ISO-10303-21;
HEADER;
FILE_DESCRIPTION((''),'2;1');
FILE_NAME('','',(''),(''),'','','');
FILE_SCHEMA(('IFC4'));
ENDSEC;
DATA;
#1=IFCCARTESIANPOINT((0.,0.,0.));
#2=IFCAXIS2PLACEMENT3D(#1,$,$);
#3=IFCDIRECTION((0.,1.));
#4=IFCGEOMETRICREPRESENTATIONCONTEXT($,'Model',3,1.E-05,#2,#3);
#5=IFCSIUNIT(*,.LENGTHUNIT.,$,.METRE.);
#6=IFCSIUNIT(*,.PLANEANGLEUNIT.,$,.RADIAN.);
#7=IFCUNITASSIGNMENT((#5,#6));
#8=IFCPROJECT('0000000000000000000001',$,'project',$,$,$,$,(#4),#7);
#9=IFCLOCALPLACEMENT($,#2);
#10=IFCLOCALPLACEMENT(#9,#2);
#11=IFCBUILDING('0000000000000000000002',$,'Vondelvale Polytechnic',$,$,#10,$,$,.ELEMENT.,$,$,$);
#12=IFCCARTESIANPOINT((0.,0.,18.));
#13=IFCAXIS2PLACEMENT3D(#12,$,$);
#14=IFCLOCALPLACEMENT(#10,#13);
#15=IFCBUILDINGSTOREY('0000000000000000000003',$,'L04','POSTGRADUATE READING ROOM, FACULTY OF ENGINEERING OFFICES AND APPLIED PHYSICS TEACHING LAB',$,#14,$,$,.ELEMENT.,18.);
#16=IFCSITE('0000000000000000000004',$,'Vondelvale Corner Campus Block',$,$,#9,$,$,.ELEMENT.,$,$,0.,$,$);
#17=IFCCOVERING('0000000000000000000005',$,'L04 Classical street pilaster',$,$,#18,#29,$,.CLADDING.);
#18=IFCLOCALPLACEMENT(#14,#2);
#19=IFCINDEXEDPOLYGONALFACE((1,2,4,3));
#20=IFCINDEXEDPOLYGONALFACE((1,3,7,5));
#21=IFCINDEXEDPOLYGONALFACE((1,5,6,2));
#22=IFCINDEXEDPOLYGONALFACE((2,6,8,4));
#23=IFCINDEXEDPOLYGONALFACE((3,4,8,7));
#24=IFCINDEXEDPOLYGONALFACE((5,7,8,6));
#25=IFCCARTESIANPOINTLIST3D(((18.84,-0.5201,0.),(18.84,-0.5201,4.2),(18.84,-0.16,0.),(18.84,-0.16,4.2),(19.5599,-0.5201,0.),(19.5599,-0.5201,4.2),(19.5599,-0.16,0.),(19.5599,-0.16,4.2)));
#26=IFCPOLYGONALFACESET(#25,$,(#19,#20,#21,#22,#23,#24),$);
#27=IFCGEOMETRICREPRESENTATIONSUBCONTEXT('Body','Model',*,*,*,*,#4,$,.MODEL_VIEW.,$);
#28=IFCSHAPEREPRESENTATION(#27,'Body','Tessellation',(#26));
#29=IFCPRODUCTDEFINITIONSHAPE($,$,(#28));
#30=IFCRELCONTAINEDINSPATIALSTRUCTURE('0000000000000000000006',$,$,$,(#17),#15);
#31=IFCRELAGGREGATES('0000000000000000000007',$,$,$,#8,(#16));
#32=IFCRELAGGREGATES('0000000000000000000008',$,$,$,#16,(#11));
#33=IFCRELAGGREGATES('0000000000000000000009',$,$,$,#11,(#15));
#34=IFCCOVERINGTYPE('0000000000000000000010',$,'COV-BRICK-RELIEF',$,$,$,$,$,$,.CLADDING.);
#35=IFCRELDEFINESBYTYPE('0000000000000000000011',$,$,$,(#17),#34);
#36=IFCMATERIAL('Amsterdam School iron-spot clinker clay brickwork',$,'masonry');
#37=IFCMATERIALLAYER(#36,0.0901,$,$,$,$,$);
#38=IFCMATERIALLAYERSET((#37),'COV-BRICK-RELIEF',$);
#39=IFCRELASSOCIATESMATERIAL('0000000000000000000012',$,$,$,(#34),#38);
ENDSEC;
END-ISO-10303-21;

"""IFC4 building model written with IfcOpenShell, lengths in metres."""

from ifc_helpers import new_model, si_unit, direction, frame, origin, origin_2d, place, context, subcontext, project, spatial, rectangle, extrude, material, layer, layer_set, type_object, element, save


model = new_model("IFC4")

# Units and contexts
model_context = context("Model", 3, precision=1e-05, world=origin(), true_north=direction((0.0, 1.0)))
body_context = subcontext(model_context, "Body", "Model", "MODEL_VIEW")
ifc_project = project(units=[si_unit("LENGTHUNIT", "METRE"), si_unit("PLANEANGLEUNIT", "RADIAN")], contexts=[model_context])

# Site, building, storey
site_placement = place(None, origin())
site = spatial("IfcSite", under=ifc_project, at=site_placement, Name="Vondelvale Corner Campus Block", CompositionType="ELEMENT", RefElevation=0.0)
building_placement = place(site_placement, origin())
building = spatial("IfcBuilding", under=site, at=building_placement, Name="Vondelvale Polytechnic", CompositionType="ELEMENT")
storey_placement = place(building_placement, frame((0.0, 0.0, 18.0)))
storey = spatial("IfcBuildingStorey", under=building, at=storey_placement, Name="L04", Description="POSTGRADUATE READING ROOM, FACULTY OF ENGINEERING OFFICES AND APPLIED PHYSICS TEACHING LAB", CompositionType="ELEMENT", Elevation=18.0)

# Covering
ifc_material_1 = material(Name="Amsterdam School iron-spot clinker clay brickwork", Category="masonry")
ifc_layer_1 = layer(ifc_material_1, 0.0901)
ifc_layer_set_1 = layer_set([ifc_layer_1], Name="COV-BRICK-RELIEF")
covering_type = type_object("IfcCoveringType", Name="COV-BRICK-RELIEF", PredefinedType="CLADDING", material=ifc_layer_set_1)
covering_placement = place(storey_placement, frame((19.2, -0.3401, 0.0), z_axis=(0.0, 0.0, 1.0), x_axis=(1.0, 0.0, 0.0)))
element("IfcCovering", 1, at=covering_placement, inside=storey, type_object=covering_type, Name="L04 Classical street pilaster", PredefinedType="CLADDING", context=body_context, shape_type="SweptSolid", body=[
    extrude(rectangle(XDim=0.72, YDim=0.3601, at=origin_2d()), origin(), (0.0, 0.0, 1.0), 4.2),
])

save(model, "model.ifc")
